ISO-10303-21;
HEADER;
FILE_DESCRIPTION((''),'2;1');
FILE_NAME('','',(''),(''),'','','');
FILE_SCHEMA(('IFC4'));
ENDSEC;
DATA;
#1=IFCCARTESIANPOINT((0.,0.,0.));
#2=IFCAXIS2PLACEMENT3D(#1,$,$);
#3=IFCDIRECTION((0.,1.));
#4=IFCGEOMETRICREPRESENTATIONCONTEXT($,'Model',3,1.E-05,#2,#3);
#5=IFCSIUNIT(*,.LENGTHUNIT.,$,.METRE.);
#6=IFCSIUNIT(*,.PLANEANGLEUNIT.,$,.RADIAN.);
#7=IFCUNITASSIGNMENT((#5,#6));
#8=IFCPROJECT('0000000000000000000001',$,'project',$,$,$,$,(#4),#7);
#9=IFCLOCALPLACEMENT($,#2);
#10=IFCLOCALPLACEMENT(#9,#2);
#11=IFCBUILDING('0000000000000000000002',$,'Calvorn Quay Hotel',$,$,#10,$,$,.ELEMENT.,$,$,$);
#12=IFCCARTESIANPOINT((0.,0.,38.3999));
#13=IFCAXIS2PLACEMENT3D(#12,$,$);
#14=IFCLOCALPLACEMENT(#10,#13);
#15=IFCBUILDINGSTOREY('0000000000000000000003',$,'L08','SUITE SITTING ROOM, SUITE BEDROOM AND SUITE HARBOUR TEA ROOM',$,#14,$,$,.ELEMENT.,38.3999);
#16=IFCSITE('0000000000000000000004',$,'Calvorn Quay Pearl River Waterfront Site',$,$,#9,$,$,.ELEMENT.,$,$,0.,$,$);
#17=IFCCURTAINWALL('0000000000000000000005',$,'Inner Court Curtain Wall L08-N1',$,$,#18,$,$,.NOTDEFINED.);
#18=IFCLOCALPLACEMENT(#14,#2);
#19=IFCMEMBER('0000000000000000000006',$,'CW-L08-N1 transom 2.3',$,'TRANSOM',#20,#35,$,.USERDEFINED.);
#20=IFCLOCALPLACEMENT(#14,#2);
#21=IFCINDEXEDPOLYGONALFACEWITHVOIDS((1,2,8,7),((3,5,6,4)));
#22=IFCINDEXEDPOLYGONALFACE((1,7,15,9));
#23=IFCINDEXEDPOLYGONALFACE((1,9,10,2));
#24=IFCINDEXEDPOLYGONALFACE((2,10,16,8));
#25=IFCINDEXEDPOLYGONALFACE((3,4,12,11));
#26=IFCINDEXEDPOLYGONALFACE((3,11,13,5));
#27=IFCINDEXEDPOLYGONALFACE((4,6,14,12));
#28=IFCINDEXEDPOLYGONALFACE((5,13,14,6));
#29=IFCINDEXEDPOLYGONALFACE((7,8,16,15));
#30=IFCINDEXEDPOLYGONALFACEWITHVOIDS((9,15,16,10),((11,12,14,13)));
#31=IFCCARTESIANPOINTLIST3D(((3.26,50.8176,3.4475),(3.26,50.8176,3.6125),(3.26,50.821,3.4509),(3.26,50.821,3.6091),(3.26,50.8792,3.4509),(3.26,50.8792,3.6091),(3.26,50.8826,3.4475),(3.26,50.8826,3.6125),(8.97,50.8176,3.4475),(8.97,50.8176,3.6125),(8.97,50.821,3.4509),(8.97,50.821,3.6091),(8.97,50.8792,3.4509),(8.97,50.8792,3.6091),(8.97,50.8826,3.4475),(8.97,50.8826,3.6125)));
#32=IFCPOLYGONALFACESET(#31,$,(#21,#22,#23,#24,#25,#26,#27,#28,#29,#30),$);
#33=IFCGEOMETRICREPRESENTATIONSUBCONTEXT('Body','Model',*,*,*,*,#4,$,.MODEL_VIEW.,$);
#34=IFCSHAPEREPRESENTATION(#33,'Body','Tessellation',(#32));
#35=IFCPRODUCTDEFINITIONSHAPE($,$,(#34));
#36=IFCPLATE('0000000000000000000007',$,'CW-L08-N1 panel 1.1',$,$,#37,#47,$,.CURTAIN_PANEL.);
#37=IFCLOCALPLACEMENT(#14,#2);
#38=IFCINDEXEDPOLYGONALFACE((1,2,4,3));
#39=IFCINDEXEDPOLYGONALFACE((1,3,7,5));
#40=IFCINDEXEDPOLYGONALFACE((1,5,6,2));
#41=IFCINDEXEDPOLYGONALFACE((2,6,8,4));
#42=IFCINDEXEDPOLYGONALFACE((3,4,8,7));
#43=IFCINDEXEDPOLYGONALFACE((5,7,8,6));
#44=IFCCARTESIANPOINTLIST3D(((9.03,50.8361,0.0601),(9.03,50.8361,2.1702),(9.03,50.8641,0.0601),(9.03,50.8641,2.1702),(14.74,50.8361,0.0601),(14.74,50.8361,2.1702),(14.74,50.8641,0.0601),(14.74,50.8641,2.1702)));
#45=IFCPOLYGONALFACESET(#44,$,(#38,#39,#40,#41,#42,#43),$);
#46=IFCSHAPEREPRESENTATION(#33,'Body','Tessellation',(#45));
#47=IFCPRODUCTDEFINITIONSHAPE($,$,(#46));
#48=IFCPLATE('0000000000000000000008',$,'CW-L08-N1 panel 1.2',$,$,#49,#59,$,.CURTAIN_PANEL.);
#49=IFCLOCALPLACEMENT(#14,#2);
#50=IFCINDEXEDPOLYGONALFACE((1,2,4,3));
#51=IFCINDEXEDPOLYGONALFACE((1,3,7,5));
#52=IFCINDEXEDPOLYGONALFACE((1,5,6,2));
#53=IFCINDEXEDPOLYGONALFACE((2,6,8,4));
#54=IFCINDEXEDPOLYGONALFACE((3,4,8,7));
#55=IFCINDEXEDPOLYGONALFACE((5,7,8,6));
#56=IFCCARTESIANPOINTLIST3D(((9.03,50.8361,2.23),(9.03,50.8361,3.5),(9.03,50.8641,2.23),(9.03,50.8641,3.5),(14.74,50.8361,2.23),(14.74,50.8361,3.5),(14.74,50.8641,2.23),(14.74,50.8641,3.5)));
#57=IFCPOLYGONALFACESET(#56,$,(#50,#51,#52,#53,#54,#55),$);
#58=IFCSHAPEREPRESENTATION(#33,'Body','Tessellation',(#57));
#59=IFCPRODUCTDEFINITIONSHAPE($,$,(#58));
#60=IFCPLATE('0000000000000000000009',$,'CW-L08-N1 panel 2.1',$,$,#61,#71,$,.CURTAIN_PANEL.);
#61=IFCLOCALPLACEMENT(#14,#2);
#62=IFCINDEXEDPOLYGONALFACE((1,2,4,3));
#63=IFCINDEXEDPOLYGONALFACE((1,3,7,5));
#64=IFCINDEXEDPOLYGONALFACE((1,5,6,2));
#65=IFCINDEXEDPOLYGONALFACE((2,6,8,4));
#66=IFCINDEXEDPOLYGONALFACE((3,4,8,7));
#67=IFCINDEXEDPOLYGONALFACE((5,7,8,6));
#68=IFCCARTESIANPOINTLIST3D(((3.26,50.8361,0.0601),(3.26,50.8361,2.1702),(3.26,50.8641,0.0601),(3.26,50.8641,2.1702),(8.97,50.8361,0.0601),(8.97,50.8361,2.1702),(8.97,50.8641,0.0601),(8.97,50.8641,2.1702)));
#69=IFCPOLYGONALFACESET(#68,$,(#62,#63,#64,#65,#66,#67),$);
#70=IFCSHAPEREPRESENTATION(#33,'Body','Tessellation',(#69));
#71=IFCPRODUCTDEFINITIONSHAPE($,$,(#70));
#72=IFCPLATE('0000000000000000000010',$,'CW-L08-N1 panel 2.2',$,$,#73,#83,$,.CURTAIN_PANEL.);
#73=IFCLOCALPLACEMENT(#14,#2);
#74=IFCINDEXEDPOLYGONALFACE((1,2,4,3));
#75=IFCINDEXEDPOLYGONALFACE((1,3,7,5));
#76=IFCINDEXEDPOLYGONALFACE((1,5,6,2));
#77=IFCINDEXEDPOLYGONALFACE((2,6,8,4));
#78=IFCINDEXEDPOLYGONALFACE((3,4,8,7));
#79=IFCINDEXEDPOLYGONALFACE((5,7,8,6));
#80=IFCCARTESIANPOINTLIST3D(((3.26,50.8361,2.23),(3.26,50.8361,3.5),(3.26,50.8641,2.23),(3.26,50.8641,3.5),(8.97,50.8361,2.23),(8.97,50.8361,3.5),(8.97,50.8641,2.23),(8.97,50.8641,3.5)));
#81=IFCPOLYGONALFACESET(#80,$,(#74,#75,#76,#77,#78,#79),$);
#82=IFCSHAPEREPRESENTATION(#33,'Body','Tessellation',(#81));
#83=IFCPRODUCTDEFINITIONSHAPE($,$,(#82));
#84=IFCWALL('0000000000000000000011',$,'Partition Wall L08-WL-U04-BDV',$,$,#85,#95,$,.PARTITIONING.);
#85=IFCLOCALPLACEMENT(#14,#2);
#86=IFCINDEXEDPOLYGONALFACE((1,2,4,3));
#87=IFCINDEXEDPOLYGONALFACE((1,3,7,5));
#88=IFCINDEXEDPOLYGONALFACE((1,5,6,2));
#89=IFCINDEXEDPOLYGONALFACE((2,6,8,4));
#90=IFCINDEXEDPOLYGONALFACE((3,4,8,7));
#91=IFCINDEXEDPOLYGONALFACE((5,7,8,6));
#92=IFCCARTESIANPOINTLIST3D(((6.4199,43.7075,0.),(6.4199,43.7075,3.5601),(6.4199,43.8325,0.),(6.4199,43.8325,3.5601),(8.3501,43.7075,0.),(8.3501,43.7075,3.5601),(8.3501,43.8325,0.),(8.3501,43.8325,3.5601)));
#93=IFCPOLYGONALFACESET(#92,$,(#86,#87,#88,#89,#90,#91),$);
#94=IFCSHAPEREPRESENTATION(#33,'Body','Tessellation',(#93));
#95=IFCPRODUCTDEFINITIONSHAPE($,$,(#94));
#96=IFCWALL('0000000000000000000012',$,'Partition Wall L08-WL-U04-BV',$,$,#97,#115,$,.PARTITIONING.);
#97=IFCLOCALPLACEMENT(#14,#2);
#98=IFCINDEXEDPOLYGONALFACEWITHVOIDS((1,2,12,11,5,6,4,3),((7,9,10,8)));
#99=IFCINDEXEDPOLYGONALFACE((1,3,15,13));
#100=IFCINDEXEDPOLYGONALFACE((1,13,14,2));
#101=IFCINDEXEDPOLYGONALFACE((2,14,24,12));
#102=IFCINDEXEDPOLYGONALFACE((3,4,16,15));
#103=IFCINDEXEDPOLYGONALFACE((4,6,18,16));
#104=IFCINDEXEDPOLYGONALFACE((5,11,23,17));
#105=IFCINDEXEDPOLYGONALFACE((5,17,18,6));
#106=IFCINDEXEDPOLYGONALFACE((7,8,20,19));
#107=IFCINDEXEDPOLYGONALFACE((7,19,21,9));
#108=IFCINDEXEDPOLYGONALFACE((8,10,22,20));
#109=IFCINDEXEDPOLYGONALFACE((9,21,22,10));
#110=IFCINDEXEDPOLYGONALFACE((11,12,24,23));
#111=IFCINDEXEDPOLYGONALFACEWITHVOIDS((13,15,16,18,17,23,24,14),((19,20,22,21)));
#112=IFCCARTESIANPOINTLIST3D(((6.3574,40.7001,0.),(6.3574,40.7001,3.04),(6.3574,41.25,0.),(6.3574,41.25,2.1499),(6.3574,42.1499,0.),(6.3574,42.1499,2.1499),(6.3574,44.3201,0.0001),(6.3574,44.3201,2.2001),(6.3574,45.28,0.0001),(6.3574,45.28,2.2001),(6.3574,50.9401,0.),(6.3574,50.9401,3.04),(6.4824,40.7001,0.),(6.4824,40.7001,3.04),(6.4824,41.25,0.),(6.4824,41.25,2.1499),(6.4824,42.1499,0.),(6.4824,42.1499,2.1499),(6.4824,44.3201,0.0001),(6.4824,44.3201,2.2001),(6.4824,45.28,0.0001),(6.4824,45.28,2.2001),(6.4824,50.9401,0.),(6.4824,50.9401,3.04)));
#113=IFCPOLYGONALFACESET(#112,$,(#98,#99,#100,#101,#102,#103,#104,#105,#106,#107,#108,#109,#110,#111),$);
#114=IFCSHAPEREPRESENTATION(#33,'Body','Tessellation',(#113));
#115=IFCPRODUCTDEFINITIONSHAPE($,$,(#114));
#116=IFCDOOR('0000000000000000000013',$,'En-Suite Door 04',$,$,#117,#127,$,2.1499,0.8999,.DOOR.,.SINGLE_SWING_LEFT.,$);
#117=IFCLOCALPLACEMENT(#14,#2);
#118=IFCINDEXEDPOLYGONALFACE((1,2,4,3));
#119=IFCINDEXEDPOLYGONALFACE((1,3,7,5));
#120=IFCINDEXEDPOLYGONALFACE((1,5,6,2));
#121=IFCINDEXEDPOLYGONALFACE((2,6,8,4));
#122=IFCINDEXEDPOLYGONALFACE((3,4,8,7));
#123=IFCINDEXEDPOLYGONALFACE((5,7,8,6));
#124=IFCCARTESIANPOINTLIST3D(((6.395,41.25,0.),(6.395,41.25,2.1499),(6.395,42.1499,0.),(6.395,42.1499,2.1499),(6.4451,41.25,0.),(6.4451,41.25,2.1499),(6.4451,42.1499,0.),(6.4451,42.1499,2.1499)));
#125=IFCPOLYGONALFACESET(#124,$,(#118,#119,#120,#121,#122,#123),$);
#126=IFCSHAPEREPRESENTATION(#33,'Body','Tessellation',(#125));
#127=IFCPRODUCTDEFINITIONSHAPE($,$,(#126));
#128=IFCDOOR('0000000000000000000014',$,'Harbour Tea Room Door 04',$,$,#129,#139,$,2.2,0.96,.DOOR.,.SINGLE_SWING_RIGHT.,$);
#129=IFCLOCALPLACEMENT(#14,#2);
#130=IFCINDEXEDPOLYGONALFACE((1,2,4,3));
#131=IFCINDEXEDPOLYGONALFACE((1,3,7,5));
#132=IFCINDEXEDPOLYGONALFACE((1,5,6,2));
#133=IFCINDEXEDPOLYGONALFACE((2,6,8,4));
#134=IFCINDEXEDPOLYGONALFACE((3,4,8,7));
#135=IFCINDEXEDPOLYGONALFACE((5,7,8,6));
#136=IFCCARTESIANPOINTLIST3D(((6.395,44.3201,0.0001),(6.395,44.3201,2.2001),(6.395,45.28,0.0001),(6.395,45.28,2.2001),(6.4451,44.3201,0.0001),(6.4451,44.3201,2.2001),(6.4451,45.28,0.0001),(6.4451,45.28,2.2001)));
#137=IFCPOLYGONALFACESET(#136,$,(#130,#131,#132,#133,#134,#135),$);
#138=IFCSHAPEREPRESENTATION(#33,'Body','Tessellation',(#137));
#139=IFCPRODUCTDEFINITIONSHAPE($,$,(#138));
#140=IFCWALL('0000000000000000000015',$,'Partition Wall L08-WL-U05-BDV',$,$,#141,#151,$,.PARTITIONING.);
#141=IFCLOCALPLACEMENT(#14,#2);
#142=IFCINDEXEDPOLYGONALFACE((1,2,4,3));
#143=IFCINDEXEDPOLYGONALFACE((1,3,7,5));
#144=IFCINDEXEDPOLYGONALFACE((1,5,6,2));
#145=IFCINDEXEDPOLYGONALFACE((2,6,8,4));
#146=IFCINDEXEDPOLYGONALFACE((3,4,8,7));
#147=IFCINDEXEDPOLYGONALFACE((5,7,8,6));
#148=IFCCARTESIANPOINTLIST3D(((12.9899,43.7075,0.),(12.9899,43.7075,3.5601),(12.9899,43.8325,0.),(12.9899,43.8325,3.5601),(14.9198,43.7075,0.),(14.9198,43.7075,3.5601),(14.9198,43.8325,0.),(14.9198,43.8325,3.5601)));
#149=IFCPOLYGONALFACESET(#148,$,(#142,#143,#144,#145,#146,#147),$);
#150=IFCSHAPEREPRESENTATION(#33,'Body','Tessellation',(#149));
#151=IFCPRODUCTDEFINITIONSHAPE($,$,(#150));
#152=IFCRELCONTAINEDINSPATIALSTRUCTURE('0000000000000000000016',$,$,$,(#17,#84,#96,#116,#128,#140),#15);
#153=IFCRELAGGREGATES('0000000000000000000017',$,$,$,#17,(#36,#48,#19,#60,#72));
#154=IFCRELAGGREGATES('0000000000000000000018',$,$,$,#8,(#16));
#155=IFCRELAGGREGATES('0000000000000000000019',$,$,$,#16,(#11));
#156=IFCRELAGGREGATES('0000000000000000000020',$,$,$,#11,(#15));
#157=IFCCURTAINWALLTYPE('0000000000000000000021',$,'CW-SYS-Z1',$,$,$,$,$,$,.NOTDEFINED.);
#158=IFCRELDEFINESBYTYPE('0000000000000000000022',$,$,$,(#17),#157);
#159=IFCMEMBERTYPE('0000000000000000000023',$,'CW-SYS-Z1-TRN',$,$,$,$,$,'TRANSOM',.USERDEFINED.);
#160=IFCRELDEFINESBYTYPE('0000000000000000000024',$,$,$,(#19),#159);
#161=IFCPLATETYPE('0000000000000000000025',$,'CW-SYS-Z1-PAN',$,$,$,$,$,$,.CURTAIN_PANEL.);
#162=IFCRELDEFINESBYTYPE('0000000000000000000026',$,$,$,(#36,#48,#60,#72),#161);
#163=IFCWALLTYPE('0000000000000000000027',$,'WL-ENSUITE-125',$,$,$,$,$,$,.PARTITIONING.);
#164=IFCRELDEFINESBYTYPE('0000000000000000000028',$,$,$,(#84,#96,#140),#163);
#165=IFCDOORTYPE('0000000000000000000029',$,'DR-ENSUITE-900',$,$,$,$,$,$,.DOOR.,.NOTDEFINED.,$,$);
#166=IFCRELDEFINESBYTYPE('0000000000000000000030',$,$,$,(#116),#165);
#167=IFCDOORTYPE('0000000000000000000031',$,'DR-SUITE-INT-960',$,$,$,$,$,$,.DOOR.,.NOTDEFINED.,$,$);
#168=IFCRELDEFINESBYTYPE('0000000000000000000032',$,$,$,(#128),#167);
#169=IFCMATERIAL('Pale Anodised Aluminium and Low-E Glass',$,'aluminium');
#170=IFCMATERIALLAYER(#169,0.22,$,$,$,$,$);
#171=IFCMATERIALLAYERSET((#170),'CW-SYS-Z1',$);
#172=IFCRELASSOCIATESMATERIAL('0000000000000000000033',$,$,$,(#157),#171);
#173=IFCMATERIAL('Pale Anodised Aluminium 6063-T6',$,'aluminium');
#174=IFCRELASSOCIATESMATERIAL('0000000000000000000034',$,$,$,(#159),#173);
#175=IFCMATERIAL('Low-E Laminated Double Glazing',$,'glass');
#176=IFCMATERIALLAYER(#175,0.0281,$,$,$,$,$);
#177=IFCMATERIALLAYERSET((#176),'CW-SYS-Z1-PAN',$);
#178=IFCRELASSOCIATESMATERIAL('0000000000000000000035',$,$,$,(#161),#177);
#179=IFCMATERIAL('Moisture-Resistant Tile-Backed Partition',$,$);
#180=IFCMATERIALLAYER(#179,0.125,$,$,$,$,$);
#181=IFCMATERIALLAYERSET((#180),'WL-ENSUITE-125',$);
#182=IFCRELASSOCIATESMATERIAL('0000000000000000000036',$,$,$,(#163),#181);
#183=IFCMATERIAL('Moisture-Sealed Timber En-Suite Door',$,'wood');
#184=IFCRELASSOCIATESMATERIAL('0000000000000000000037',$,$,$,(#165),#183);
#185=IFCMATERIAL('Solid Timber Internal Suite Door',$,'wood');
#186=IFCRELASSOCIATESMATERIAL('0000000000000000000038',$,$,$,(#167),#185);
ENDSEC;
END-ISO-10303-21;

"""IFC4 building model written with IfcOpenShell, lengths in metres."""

from ifc_helpers import new_model, si_unit, direction, frame, frame_2d, origin, origin_2d, place, context, subcontext, project, spatial, rectangle, hollow_rectangle, extrude, material, layer, layer_set, material_profile, profile_set, type_object, element, fill, aggregate, save


model = new_model("IFC4")

# Units and contexts
model_context = context("Model", 3, precision=1e-05, world=origin(), true_north=direction((0.0, 1.0)))
body_context = subcontext(model_context, "Body", "Model", "MODEL_VIEW")
ifc_project = project(units=[si_unit("LENGTHUNIT", "METRE"), si_unit("PLANEANGLEUNIT", "RADIAN")], contexts=[model_context])

# Site, building, storey
site_placement = place(None, origin())
site = spatial("IfcSite", under=ifc_project, at=site_placement, Name="Calvorn Quay Pearl River Waterfront Site", CompositionType="ELEMENT", RefElevation=0.0)
building_placement = place(site_placement, origin())
building = spatial("IfcBuilding", under=site, at=building_placement, Name="Calvorn Quay Hotel", CompositionType="ELEMENT")
storey_placement = place(building_placement, frame((0.0, 0.0, 38.3999)))
storey = spatial("IfcBuildingStorey", under=building, at=storey_placement, Name="L08", Description="SUITE SITTING ROOM, SUITE BEDROOM AND SUITE HARBOUR TEA ROOM", CompositionType="ELEMENT", Elevation=38.3999)

# Curtain wall, member, plates
ifc_material_1 = material(Name="Pale Anodised Aluminium and Low-E Glass", Category="aluminium")
ifc_layer_1 = layer(ifc_material_1, 0.22)
ifc_layer_set_1 = layer_set([ifc_layer_1], Name="CW-SYS-Z1")
curtain_wall_type = type_object("IfcCurtainWallType", Name="CW-SYS-Z1", PredefinedType="NOTDEFINED", material=ifc_layer_set_1)
curtain_wall_placement = place(storey_placement, origin())
curtain_wall = element("IfcCurtainWall", 1, at=curtain_wall_placement, inside=storey, type_object=curtain_wall_type, Name="Inner Court Curtain Wall L08-N1", PredefinedType="NOTDEFINED")
ifc_material_2 = material(Name="Pale Anodised Aluminium 6063-T6", Category="aluminium")
ifc_material_profile_1 = material_profile(ifc_material_2, hollow_rectangle(XDim=0.0649, YDim=0.165, WallThickness=0.0034, at=origin_2d()), Name="ALU-T165x65x3.5")
ifc_profile_set_1 = profile_set([ifc_material_profile_1], Name="Pale Anodised Aluminium 6063-T6")
member_type_1 = type_object("IfcMemberType", Name="CW-SYS-Z1-TRN", ElementType="TRANSOM", PredefinedType="USERDEFINED", material=ifc_profile_set_1)
member_1_placement = place(storey_placement, frame((8.97, 50.8501, 3.53), z_axis=(-1.0, 0.0, 0.0), x_axis=(0.0, -1.0, 0.0)))
member_1 = element("IfcMember", 2, at=member_1_placement, type_object=member_type_1, Name="CW-L08-N1 transom 2.3", ObjectType="TRANSOM", PredefinedType="USERDEFINED", context=body_context, shape_type="SweptSolid", body=[
    extrude(hollow_rectangle(XDim=0.0649, YDim=0.165, WallThickness=0.0034, at=origin_2d()), origin(), (0.0, 0.0, 1.0), 5.71),
])
ifc_material_3 = material(Name="Low-E Laminated Double Glazing", Category="glass")
ifc_layer_2 = layer(ifc_material_3, 0.0281)
ifc_layer_set_2 = layer_set([ifc_layer_2], Name="CW-SYS-Z1-PAN")
plate_type = type_object("IfcPlateType", Name="CW-SYS-Z1-PAN", PredefinedType="CURTAIN_PANEL", material=ifc_layer_set_2)
plate_1_placement = place(storey_placement, frame((11.885, 50.8501, 0.0601), z_axis=(0.0, 0.0, 1.0), x_axis=(-1.0, 0.0, 0.0)))
plate_1 = element("IfcPlate", 3, at=plate_1_placement, type_object=plate_type, Name="CW-L08-N1 panel 1.1", PredefinedType="CURTAIN_PANEL", context=body_context, shape_type="SweptSolid", body=[
    extrude(rectangle(XDim=5.71, YDim=0.0281, at=origin_2d()), origin(), (0.0, 0.0, 1.0), 2.1101),
])
plate_2_placement = place(storey_placement, frame((11.885, 50.8501, 2.23), z_axis=(0.0, 0.0, 1.0), x_axis=(-1.0, 0.0, 0.0)))
plate_2 = element("IfcPlate", 4, at=plate_2_placement, type_object=plate_type, Name="CW-L08-N1 panel 1.2", PredefinedType="CURTAIN_PANEL", context=body_context, shape_type="SweptSolid", body=[
    extrude(rectangle(XDim=5.71, YDim=0.0281, at=origin_2d()), origin(), (0.0, 0.0, 1.0), 1.27),
])
plate_3_placement = place(storey_placement, frame((6.115, 50.8501, 0.0601), z_axis=(0.0, 0.0, 1.0), x_axis=(-1.0, 0.0, 0.0)))
plate_3 = element("IfcPlate", 5, at=plate_3_placement, type_object=plate_type, Name="CW-L08-N1 panel 2.1", PredefinedType="CURTAIN_PANEL", context=body_context, shape_type="SweptSolid", body=[
    extrude(rectangle(XDim=5.71, YDim=0.0281, at=origin_2d()), origin(), (0.0, 0.0, 1.0), 2.1101),
])
plate_4_placement = place(storey_placement, frame((6.115, 50.8501, 2.23), z_axis=(0.0, 0.0, 1.0), x_axis=(-1.0, 0.0, 0.0)))
plate_4 = element("IfcPlate", 6, at=plate_4_placement, type_object=plate_type, Name="CW-L08-N1 panel 2.2", PredefinedType="CURTAIN_PANEL", context=body_context, shape_type="SweptSolid", body=[
    extrude(rectangle(XDim=5.71, YDim=0.0281, at=origin_2d()), origin(), (0.0, 0.0, 1.0), 1.27),
])
aggregate(curtain_wall, [plate_1, plate_2, member_1, plate_3, plate_4])

# Wall
ifc_material_4 = material(Name="Moisture-Resistant Tile-Backed Partition")
ifc_layer_3 = layer(ifc_material_4, 0.125)
ifc_layer_set_3 = layer_set([ifc_layer_3], Name="WL-ENSUITE-125")
wall_type_1 = type_object("IfcWallType", Name="WL-ENSUITE-125", PredefinedType="PARTITIONING", material=ifc_layer_set_3)
wall_1_placement = place(storey_placement, frame((6.4199, 43.77, 0.0), z_axis=(0.0, 0.0, 1.0), x_axis=(1.0, 0.0, 0.0)))
element("IfcWall", 7, at=wall_1_placement, inside=storey, type_object=wall_type_1, Name="Partition Wall L08-WL-U04-BDV", PredefinedType="PARTITIONING", context=body_context, shape_type="SweptSolid", body=[
    extrude(rectangle(XDim=1.9302, YDim=0.125, at=frame_2d((0.9651, 0.0))), origin(), (0.0, 0.0, 1.0), 3.5601),
])

# Wall, openings, doors
wall_2_placement = place(storey_placement, frame((6.4199, 40.7, 0.0), z_axis=(0.0, 0.0, 1.0), x_axis=(0.0, 1.0, 0.0)))
wall_2 = element("IfcWall", 8, at=wall_2_placement, inside=storey, type_object=wall_type_1, Name="Partition Wall L08-WL-U04-BV", PredefinedType="PARTITIONING", context=body_context, shape_type="SweptSolid", body=[
    extrude(rectangle(XDim=10.24, YDim=0.125, at=frame_2d((5.1201, 0.0))), origin(), (0.0, 0.0, 1.0), 3.04),
])
opening_1_placement = place(wall_2_placement, frame((0.55, 0.0, 0.0)))
opening_1 = element("IfcOpeningElement", 9, at=opening_1_placement, cuts=wall_2, PredefinedType="OPENING", context=body_context, shape_type="SweptSolid", body=[
    extrude(rectangle(XDim=0.8999, YDim=2.1499, at=frame_2d((0.45, 1.075))), frame((0.0, 0.0725, 0.0), z_axis=(0.0, -1.0, 0.0), x_axis=(1.0, 0.0, 0.0)), (0.0, 0.0, 1.0), 0.145),
])
opening_2_placement = place(wall_2_placement, frame((3.6201, 0.0, 0.0)))
opening_2 = element("IfcOpeningElement", 10, at=opening_2_placement, cuts=wall_2, PredefinedType="OPENING", context=body_context, shape_type="SweptSolid", body=[
    extrude(rectangle(XDim=0.96, YDim=2.2, at=frame_2d((0.48, 1.1001))), frame((0.0, 0.0725, 0.0), z_axis=(0.0, -1.0, 0.0), x_axis=(1.0, 0.0, 0.0)), (0.0, 0.0, 1.0), 0.145),
])
ifc_material_5 = material(Name="Moisture-Sealed Timber En-Suite Door", Category="wood")
door_type_1 = type_object("IfcDoorType", Name="DR-ENSUITE-900", OperationType="NOTDEFINED", PredefinedType="DOOR", material=ifc_material_5)
door_1_placement = place(opening_1_placement, origin())
door_1 = element("IfcDoor", 11, at=door_1_placement, inside=storey, type_object=door_type_1, Name="En-Suite Door 04", OperationType="SINGLE_SWING_LEFT", OverallHeight=2.1499, OverallWidth=0.8999, PredefinedType="DOOR", context=body_context, shape_type="SweptSolid", body=[
    extrude(rectangle(XDim=0.8999, YDim=2.1499, at=frame_2d((0.45, 1.075))), frame((0.0, 0.0249, 0.0), z_axis=(0.0, -1.0, 0.0), x_axis=(1.0, 0.0, 0.0)), (0.0, 0.0, 1.0), 0.05),
])
fill(opening_1, door_1)
ifc_material_6 = material(Name="Solid Timber Internal Suite Door", Category="wood")
door_type_2 = type_object("IfcDoorType", Name="DR-SUITE-INT-960", OperationType="NOTDEFINED", PredefinedType="DOOR", material=ifc_material_6)
door_2_placement = place(opening_2_placement, origin())
door_2 = element("IfcDoor", 12, at=door_2_placement, inside=storey, type_object=door_type_2, Name="Harbour Tea Room Door 04", OperationType="SINGLE_SWING_RIGHT", OverallHeight=2.2, OverallWidth=0.96, PredefinedType="DOOR", context=body_context, shape_type="SweptSolid", body=[
    extrude(rectangle(XDim=0.96, YDim=2.2, at=frame_2d((0.48, 1.1001))), frame((0.0, 0.0249, 0.0), z_axis=(0.0, -1.0, 0.0), x_axis=(1.0, 0.0, 0.0)), (0.0, 0.0, 1.0), 0.05),
])
fill(opening_2, door_2)

# Wall
wall_3_placement = place(storey_placement, frame((12.99, 43.77, 0.0), z_axis=(0.0, 0.0, 1.0), x_axis=(1.0, 0.0, 0.0)))
element("IfcWall", 13, at=wall_3_placement, inside=storey, type_object=wall_type_1, Name="Partition Wall L08-WL-U05-BDV", PredefinedType="PARTITIONING", context=body_context, shape_type="SweptSolid", body=[
    extrude(rectangle(XDim=1.9299, YDim=0.125, at=frame_2d((0.9648, 0.0))), origin(), (0.0, 0.0, 1.0), 3.5601),
])

save(model, "model.ifc")
